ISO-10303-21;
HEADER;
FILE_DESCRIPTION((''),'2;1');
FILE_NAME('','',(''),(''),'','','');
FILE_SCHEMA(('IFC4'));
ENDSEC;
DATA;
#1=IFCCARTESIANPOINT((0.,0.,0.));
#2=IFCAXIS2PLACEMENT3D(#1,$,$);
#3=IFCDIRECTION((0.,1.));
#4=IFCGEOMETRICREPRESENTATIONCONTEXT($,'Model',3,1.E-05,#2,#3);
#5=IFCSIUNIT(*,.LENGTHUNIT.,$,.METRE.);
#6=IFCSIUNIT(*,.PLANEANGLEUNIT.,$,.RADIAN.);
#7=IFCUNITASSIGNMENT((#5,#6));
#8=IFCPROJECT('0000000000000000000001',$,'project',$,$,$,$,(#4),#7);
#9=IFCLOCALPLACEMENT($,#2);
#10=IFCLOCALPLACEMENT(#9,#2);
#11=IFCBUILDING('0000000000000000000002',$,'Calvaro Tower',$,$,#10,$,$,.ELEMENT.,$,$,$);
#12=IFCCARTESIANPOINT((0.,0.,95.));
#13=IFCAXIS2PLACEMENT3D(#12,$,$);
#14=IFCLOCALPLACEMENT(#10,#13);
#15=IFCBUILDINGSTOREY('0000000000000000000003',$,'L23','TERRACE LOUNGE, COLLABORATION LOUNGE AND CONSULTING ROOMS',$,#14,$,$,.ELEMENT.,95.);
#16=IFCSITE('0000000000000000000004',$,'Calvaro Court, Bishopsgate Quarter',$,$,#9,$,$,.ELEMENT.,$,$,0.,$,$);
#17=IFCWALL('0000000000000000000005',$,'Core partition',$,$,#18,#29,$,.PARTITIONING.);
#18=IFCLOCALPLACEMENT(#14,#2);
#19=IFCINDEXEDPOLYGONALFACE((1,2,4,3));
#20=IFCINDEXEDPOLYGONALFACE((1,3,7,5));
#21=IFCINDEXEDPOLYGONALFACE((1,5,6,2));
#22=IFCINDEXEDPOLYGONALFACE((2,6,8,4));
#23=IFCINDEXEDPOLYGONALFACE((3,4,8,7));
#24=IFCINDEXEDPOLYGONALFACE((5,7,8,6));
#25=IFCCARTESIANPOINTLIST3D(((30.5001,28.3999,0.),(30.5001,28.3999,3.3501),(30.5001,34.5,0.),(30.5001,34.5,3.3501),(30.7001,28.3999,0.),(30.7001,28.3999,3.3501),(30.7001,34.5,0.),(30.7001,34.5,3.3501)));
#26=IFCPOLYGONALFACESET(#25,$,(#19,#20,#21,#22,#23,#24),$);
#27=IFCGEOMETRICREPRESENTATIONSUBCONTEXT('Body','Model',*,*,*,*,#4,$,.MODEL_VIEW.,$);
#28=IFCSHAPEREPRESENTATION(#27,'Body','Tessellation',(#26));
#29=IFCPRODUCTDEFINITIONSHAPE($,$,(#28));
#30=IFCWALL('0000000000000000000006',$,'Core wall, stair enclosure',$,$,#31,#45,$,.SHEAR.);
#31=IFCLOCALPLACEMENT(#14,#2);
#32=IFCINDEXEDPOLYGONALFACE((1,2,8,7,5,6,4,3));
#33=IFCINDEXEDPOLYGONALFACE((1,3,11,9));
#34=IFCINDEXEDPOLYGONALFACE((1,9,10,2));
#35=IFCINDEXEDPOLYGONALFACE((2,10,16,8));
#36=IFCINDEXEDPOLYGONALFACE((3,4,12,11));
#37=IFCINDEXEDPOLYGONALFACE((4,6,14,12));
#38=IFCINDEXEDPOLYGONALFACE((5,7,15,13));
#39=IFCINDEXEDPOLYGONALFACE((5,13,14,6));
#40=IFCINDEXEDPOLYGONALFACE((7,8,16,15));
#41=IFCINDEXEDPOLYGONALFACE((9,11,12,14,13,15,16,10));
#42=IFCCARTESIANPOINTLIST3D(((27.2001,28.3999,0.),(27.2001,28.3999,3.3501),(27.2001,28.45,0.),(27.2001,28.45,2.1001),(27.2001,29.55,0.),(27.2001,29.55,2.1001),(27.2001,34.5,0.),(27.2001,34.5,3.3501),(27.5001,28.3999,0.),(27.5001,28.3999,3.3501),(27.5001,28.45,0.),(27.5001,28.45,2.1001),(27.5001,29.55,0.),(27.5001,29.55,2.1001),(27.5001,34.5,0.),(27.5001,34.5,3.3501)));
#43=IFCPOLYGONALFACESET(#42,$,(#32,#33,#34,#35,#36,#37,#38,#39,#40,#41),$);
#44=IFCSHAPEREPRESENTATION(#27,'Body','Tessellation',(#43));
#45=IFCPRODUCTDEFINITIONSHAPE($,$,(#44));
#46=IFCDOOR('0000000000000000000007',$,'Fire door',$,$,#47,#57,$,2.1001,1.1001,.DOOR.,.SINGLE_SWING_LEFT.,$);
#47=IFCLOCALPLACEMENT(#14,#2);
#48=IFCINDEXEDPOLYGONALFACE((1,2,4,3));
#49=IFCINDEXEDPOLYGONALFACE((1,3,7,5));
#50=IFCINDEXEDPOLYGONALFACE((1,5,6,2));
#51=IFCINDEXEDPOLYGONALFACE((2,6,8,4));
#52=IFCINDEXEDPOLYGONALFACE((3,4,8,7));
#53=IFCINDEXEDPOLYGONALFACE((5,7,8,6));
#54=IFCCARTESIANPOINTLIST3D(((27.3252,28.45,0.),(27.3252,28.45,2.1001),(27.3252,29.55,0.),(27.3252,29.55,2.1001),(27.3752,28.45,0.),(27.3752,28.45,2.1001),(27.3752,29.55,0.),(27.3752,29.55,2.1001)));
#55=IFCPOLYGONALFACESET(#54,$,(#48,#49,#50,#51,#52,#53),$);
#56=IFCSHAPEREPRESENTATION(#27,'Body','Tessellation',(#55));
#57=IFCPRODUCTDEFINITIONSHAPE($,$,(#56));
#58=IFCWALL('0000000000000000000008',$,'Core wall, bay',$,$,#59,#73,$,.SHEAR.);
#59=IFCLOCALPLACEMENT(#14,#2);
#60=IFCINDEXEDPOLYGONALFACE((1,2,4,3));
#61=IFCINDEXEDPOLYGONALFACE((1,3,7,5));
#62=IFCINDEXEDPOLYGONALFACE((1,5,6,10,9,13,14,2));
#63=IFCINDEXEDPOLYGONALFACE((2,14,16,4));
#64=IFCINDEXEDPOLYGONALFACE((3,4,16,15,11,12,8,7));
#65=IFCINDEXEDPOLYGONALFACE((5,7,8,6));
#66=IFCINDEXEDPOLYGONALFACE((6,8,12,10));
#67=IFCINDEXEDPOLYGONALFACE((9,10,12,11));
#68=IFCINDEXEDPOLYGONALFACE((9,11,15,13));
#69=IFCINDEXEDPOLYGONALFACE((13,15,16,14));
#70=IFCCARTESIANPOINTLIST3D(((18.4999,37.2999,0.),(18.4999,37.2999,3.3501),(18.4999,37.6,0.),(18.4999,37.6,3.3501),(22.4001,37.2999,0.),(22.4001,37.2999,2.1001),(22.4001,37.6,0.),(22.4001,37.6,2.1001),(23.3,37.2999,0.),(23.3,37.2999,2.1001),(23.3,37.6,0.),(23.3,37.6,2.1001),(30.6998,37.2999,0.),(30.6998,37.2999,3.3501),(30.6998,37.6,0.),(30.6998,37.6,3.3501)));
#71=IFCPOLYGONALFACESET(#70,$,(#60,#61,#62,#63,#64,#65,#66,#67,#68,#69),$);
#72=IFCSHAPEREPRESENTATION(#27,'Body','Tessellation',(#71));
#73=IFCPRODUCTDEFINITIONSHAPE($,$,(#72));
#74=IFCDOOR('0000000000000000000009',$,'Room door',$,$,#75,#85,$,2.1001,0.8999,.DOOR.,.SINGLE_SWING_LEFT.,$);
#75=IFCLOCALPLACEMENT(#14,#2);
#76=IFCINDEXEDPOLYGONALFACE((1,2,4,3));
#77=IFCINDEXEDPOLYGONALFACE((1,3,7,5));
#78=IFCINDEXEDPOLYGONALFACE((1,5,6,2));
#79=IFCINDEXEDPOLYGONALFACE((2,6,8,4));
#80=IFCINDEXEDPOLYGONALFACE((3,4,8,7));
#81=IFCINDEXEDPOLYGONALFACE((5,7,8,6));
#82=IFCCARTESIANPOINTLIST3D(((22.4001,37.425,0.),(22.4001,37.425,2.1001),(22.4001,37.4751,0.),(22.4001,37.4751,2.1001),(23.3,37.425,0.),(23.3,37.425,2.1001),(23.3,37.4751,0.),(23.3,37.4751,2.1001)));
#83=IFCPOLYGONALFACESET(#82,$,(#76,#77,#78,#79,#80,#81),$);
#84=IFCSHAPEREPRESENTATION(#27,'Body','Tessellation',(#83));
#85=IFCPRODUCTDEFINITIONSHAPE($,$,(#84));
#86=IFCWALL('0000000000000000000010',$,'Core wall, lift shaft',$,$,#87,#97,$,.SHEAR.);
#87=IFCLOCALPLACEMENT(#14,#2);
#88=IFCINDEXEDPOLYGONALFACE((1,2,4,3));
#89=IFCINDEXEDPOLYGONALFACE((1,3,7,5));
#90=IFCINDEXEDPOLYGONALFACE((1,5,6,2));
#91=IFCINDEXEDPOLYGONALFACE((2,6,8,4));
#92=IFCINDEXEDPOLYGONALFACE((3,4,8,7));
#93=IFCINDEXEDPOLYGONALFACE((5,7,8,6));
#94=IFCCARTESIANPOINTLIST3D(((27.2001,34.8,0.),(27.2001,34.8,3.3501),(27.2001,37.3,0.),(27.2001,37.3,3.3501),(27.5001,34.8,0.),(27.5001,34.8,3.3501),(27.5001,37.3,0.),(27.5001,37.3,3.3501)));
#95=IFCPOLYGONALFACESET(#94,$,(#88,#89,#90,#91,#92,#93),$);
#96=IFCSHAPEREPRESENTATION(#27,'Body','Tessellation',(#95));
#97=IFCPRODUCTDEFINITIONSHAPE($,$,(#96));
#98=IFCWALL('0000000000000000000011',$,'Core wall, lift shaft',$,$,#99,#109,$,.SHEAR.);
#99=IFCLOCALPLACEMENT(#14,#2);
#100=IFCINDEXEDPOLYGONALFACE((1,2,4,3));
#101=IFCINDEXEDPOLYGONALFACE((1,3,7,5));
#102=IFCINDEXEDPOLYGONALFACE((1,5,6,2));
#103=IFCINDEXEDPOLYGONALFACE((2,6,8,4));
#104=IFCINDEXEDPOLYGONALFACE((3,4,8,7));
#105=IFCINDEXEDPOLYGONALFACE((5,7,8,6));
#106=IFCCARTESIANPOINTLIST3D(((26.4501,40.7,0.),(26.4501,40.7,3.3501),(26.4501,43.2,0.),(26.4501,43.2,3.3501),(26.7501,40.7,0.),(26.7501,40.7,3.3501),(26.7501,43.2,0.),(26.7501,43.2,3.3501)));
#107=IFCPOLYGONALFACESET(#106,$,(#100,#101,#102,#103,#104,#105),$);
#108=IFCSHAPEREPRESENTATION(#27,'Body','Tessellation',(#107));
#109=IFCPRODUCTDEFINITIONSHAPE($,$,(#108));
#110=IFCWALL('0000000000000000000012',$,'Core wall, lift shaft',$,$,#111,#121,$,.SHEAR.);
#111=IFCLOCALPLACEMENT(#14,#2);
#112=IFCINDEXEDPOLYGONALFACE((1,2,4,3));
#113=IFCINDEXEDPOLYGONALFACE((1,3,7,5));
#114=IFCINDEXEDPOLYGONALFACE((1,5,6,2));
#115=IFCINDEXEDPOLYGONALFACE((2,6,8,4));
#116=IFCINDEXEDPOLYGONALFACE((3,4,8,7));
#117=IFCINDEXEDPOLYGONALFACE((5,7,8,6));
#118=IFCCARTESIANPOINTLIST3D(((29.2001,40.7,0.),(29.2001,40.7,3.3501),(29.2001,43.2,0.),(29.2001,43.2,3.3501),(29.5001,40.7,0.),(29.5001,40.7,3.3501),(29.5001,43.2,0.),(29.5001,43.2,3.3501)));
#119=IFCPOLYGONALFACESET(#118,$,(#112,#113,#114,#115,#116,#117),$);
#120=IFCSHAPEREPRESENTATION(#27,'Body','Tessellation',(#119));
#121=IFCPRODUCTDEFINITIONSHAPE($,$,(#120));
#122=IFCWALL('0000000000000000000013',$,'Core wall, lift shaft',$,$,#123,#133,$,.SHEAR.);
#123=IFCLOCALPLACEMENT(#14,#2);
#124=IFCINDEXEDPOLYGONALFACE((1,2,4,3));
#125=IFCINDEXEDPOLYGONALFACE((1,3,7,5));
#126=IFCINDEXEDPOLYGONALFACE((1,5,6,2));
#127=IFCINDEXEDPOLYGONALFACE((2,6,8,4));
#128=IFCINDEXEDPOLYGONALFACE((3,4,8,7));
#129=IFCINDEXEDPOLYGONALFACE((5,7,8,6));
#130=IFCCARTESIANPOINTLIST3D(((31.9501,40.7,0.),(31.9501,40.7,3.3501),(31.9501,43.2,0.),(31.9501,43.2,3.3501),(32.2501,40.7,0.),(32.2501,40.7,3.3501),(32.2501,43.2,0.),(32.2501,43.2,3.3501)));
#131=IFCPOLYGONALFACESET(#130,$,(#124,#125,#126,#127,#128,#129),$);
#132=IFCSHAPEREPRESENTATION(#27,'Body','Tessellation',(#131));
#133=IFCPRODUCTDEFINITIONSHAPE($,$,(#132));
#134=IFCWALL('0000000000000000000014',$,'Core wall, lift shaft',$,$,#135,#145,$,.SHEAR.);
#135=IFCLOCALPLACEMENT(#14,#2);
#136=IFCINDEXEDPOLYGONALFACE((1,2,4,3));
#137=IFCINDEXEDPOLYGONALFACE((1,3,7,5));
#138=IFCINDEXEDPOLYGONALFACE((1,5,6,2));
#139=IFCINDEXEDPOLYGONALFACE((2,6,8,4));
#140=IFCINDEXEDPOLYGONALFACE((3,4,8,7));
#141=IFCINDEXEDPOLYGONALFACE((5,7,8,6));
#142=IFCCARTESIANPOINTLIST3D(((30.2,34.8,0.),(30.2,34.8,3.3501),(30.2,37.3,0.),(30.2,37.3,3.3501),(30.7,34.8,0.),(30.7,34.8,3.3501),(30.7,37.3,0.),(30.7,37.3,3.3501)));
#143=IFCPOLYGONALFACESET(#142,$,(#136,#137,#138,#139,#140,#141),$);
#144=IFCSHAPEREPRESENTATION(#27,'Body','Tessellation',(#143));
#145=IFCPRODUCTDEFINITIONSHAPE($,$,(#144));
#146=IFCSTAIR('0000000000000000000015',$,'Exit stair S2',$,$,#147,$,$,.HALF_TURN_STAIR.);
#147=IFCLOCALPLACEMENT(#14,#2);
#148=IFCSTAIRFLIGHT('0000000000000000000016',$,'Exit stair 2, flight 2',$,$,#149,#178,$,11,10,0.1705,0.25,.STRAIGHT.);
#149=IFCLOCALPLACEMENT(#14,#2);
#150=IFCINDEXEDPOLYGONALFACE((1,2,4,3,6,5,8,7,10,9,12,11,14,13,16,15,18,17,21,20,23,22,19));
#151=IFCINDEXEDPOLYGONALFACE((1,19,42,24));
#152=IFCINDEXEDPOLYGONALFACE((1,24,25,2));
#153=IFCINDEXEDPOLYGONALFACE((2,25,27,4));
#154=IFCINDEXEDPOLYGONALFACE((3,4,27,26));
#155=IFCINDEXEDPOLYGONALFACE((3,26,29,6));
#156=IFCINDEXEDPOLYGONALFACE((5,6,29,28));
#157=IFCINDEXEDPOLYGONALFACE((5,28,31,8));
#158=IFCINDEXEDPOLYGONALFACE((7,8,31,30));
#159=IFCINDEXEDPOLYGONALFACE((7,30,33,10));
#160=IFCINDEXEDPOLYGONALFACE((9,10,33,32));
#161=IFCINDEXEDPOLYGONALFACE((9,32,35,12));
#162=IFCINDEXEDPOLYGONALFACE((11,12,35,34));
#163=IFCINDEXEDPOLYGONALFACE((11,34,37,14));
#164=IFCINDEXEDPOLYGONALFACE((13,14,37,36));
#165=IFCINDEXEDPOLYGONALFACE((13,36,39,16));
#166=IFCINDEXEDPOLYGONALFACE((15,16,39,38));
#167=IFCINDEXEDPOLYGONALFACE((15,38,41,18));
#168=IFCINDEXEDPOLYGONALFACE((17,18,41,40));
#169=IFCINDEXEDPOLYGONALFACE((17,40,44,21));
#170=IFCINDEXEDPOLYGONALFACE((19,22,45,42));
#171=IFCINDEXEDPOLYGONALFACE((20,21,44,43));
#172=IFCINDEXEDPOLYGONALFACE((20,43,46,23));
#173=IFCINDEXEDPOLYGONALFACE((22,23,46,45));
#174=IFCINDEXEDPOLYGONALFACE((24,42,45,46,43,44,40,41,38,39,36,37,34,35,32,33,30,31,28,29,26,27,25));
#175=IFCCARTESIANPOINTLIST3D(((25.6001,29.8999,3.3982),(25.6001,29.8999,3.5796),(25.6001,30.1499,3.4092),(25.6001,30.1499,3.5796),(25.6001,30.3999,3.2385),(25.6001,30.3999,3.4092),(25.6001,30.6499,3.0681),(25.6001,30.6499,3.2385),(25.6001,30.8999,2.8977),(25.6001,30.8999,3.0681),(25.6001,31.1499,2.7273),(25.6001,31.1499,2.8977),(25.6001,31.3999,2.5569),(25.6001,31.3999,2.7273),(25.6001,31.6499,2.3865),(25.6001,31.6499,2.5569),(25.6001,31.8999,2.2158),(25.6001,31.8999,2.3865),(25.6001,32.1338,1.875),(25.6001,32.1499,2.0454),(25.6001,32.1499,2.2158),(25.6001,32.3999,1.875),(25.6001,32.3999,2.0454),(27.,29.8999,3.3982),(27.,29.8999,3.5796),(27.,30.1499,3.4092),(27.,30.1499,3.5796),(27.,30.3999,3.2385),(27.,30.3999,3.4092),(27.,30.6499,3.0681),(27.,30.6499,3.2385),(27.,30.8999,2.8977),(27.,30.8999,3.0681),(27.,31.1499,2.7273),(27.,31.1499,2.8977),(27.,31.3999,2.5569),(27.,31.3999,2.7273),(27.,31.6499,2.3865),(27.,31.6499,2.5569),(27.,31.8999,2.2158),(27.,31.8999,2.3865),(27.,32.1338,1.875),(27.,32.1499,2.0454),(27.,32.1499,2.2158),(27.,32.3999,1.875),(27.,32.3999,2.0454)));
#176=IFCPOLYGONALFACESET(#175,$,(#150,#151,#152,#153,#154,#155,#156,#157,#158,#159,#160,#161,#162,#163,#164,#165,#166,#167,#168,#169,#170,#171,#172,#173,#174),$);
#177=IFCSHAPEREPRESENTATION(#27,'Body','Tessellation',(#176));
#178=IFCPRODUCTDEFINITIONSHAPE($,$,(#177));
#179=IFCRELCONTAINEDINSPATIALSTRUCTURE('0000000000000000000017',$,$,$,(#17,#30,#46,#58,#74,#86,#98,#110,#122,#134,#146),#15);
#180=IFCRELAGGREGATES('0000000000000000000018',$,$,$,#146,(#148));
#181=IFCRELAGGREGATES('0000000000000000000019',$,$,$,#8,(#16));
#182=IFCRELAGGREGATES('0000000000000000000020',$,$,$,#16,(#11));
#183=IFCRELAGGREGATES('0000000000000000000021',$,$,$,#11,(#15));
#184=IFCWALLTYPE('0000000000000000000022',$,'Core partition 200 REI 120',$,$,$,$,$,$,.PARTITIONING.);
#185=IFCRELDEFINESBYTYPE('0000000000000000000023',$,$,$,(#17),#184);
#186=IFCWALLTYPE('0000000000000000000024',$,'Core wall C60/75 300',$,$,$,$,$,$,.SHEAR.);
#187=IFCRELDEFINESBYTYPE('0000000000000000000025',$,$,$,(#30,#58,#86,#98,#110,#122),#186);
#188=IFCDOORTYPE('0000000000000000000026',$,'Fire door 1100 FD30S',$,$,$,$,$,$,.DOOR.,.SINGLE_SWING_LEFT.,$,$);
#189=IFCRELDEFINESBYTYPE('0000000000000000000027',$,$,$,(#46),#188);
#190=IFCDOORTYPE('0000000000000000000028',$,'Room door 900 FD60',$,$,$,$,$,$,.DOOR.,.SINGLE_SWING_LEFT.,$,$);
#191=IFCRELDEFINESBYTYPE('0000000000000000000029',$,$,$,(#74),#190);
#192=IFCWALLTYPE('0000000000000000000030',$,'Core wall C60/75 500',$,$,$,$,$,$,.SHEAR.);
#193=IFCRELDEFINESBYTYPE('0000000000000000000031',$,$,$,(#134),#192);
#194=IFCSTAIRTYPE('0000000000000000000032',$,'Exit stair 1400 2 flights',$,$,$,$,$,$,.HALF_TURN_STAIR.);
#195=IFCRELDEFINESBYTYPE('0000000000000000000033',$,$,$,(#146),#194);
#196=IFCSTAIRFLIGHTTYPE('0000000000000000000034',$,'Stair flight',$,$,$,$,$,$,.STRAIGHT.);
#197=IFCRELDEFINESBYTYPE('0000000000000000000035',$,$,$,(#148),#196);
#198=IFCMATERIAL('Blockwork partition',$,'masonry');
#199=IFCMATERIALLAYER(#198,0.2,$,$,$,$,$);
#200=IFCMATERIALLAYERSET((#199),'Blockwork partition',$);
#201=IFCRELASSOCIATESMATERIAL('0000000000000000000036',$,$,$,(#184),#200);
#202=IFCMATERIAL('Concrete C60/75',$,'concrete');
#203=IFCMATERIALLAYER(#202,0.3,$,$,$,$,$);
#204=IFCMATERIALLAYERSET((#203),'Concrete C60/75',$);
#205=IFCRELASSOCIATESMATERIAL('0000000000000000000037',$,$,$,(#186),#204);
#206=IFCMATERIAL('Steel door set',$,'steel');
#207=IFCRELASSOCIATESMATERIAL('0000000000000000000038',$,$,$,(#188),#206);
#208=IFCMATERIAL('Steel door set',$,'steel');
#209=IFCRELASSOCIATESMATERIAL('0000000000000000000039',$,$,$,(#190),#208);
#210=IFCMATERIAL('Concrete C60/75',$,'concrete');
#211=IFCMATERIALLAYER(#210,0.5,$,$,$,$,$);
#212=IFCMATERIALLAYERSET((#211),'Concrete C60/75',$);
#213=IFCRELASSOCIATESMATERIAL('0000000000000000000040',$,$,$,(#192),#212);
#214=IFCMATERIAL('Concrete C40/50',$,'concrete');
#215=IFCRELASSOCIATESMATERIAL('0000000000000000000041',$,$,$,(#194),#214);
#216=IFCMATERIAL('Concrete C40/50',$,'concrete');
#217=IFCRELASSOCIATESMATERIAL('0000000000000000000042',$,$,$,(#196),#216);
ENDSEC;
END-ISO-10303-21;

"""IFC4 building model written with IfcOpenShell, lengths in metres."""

from ifc_helpers import new_model, si_unit, direction, frame, frame_2d, origin, place, context, subcontext, project, spatial, polyline, rectangle, outline, extrude, material, layer, layer_set, type_object, element, fill, aggregate, save


model = new_model("IFC4")

# Units and contexts
model_context = context("Model", 3, precision=1e-05, world=origin(), true_north=direction((0.0, 1.0)))
body_context = subcontext(model_context, "Body", "Model", "MODEL_VIEW")
ifc_project = project(units=[si_unit("LENGTHUNIT", "METRE"), si_unit("PLANEANGLEUNIT", "RADIAN")], contexts=[model_context])

# Site, building, storey
site_placement = place(None, origin())
site = spatial("IfcSite", under=ifc_project, at=site_placement, Name="Calvaro Court, Bishopsgate Quarter", CompositionType="ELEMENT", RefElevation=0.0)
building_placement = place(site_placement, origin())
building = spatial("IfcBuilding", under=site, at=building_placement, Name="Calvaro Tower", CompositionType="ELEMENT")
storey_placement = place(building_placement, frame((0.0, 0.0, 95.0)))
storey = spatial("IfcBuildingStorey", under=building, at=storey_placement, Name="L23", Description="TERRACE LOUNGE, COLLABORATION LOUNGE AND CONSULTING ROOMS", CompositionType="ELEMENT", Elevation=95.0)

# Wall
ifc_material_1 = material(Name="Blockwork partition", Category="masonry")
ifc_layer_1 = layer(ifc_material_1, 0.2)
ifc_layer_set_1 = layer_set([ifc_layer_1], Name="Blockwork partition")
wall_type_1 = type_object("IfcWallType", Name="Core partition 200 REI 120", PredefinedType="PARTITIONING", material=ifc_layer_set_1)
wall_1_placement = place(storey_placement, frame((30.6001, 28.3999, 0.0), z_axis=(0.0, 0.0, 1.0), x_axis=(0.0, 1.0, 0.0)))
element("IfcWall", 1, at=wall_1_placement, inside=storey, type_object=wall_type_1, Name="Core partition", PredefinedType="PARTITIONING", context=body_context, shape_type="SweptSolid", body=[
    extrude(rectangle(XDim=6.1001, YDim=0.2, at=frame_2d((3.05, 0.0))), origin(), (0.0, 0.0, 1.0), 3.3501),
])

# Walls, openings, doors
ifc_material_2 = material(Name="Concrete C60/75", Category="concrete")
ifc_layer_2 = layer(ifc_material_2, 0.3)
ifc_layer_set_2 = layer_set([ifc_layer_2], Name="Concrete C60/75")
wall_type_2 = type_object("IfcWallType", Name="Core wall C60/75 300", PredefinedType="SHEAR", material=ifc_layer_set_2)
wall_2_placement = place(storey_placement, frame((27.3501, 28.3999, 0.0), z_axis=(0.0, 0.0, 1.0), x_axis=(0.0, 1.0, 0.0)))
wall_2 = element("IfcWall", 2, at=wall_2_placement, inside=storey, type_object=wall_type_2, Name="Core wall, stair enclosure", PredefinedType="SHEAR", context=body_context, shape_type="SweptSolid", body=[
    extrude(rectangle(XDim=6.1001, YDim=0.3, at=frame_2d((3.05, 0.0))), origin(), (0.0, 0.0, 1.0), 3.3501),
])
opening_1_placement = place(wall_2_placement, frame((0.05, 0.0, 0.0)))
opening_1 = element("IfcOpeningElement", 3, at=opening_1_placement, cuts=wall_2, PredefinedType="OPENING", context=body_context, shape_type="SweptSolid", body=[
    extrude(rectangle(XDim=1.1001, YDim=2.1001, at=frame_2d((0.55, 1.05))), frame((0.0, 0.1599, 0.0), z_axis=(0.0, -1.0, 0.0), x_axis=(1.0, 0.0, 0.0)), (0.0, 0.0, 1.0), 0.3201),
])
ifc_material_3 = material(Name="Steel door set", Category="steel")
door_type_1 = type_object("IfcDoorType", Name="Fire door 1100 FD30S", OperationType="SINGLE_SWING_LEFT", PredefinedType="DOOR", material=ifc_material_3)
door_1_placement = place(opening_1_placement, origin())
door_1 = element("IfcDoor", 4, at=door_1_placement, inside=storey, type_object=door_type_1, Name="Fire door", OperationType="SINGLE_SWING_LEFT", OverallHeight=2.1001, OverallWidth=1.1001, PredefinedType="DOOR", context=body_context, shape_type="SweptSolid", body=[
    extrude(rectangle(XDim=1.1001, YDim=2.1001, at=frame_2d((0.55, 1.05))), frame((0.0, 0.0249, 0.0), z_axis=(0.0, -1.0, 0.0), x_axis=(1.0, 0.0, 0.0)), (0.0, 0.0, 1.0), 0.05),
])
fill(opening_1, door_1)
wall_3_placement = place(storey_placement, frame((30.7, 37.45, 0.0), z_axis=(0.0, 0.0, 1.0), x_axis=(-1.0, 0.0, 0.0)))
wall_3 = element("IfcWall", 5, at=wall_3_placement, inside=storey, type_object=wall_type_2, Name="Core wall, bay", PredefinedType="SHEAR", context=body_context, shape_type="SweptSolid", body=[
    extrude(rectangle(XDim=12.2, YDim=0.3, at=frame_2d((6.1001, 0.0))), origin(), (0.0, 0.0, 1.0), 3.3501),
])
opening_2_placement = place(wall_3_placement, frame((7.3999, 0.0, 0.0)))
opening_2 = element("IfcOpeningElement", 6, at=opening_2_placement, cuts=wall_3, PredefinedType="OPENING", context=body_context, shape_type="SweptSolid", body=[
    extrude(rectangle(XDim=0.8999, YDim=2.1001, at=frame_2d((0.45, 1.05))), frame((0.0, 0.1599, 0.0), z_axis=(0.0, -1.0, 0.0), x_axis=(1.0, 0.0, 0.0)), (0.0, 0.0, 1.0), 0.3201),
])
ifc_material_4 = material(Name="Steel door set", Category="steel")
door_type_2 = type_object("IfcDoorType", Name="Room door 900 FD60", OperationType="SINGLE_SWING_LEFT", PredefinedType="DOOR", material=ifc_material_4)
door_2_placement = place(opening_2_placement, origin())
door_2 = element("IfcDoor", 7, at=door_2_placement, inside=storey, type_object=door_type_2, Name="Room door", OperationType="SINGLE_SWING_LEFT", OverallHeight=2.1001, OverallWidth=0.8999, PredefinedType="DOOR", context=body_context, shape_type="SweptSolid", body=[
    extrude(rectangle(XDim=0.8999, YDim=2.1001, at=frame_2d((0.45, 1.05))), frame((0.0, 0.0249, 0.0), z_axis=(0.0, -1.0, 0.0), x_axis=(1.0, 0.0, 0.0)), (0.0, 0.0, 1.0), 0.05),
])
fill(opening_2, door_2)

# Walls
for number, where, z_axis, x_axis, name in (
    (8, (27.3501, 34.8, 0.0), (0.0, 0.0, 1.0), (0.0, 1.0, 0.0), "Core wall, lift shaft"),
    (9, (26.6001, 40.7, 0.0), (0.0, 0.0, 1.0), (0.0, 1.0, 0.0), "Core wall, lift shaft"),
    (10, (29.3501, 40.7, 0.0), (0.0, 0.0, 1.0), (0.0, 1.0, 0.0), "Core wall, lift shaft"),
    (11, (32.1001, 40.7, 0.0), (0.0, 0.0, 1.0), (0.0, 1.0, 0.0), "Core wall, lift shaft"),
):
    element("IfcWall", number, at=place(storey_placement, frame(where, z_axis=z_axis, x_axis=x_axis)), inside=storey, type_object=wall_type_2, Name=name, PredefinedType="SHEAR", context=body_context, shape_type="SweptSolid", body=[
        extrude(rectangle(XDim=2.5, YDim=0.3, at=frame_2d((1.25, 0.0))), origin(), (0.0, 0.0, 1.0), 3.3501),
    ])
ifc_material_5 = material(Name="Concrete C60/75", Category="concrete")
ifc_layer_3 = layer(ifc_material_5, 0.5)
ifc_layer_set_3 = layer_set([ifc_layer_3], Name="Concrete C60/75")
wall_type_3 = type_object("IfcWallType", Name="Core wall C60/75 500", PredefinedType="SHEAR", material=ifc_layer_set_3)
wall_4_placement = place(storey_placement, frame((30.45, 34.8, 0.0), z_axis=(0.0, 0.0, 1.0), x_axis=(0.0, 1.0, 0.0)))
element("IfcWall", 12, at=wall_4_placement, inside=storey, type_object=wall_type_3, Name="Core wall, lift shaft", PredefinedType="SHEAR", context=body_context, shape_type="SweptSolid", body=[
    extrude(rectangle(XDim=2.5, YDim=0.5, at=frame_2d((1.25, 0.0))), origin(), (0.0, 0.0, 1.0), 3.3501),
])

# Stair, stair flight
ifc_material_6 = material(Name="Concrete C40/50", Category="concrete")
stair_type = type_object("IfcStairType", Name="Exit stair 1400 2 flights", PredefinedType="HALF_TURN_STAIR", material=ifc_material_6)
stair_placement = place(storey_placement, origin())
stair = element("IfcStair", 13, at=stair_placement, inside=storey, type_object=stair_type, Name="Exit stair S2", PredefinedType="HALF_TURN_STAIR")
ifc_material_7 = material(Name="Concrete C40/50", Category="concrete")
stair_flight_type = type_object("IfcStairFlightType", Name="Stair flight", PredefinedType="STRAIGHT", material=ifc_material_7)
stair_flight_placement = place(storey_placement, frame((26.3, 32.3999, 1.875), z_axis=(0.0, 0.0, 1.0), x_axis=(0.0, -1.0, 0.0)))
stair_flight = element("IfcStairFlight", 14, at=stair_flight_placement, type_object=stair_flight_type, Name="Exit stair 2, flight 2", NumberOfRisers=11, NumberOfTreads=10, PredefinedType="STRAIGHT", RiserHeight=0.1705, TreadLength=0.25, context=body_context, shape_type="SweptSolid", body=[
    extrude(outline(polyline([(0.0, 0.0), (0.0, 0.1704), (0.25, 0.1704), (0.25, 0.3408), (0.5, 0.3408), (0.5, 0.5115), (0.75, 0.5115), (0.75, 0.6819), (1.0, 0.6819), (1.0, 0.8523), (1.25, 0.8523), (1.25, 1.0227), (1.5, 1.0227), (1.5, 1.1931), (1.75, 1.1931), (1.75, 1.3635), (2.0, 1.3635), (2.0, 1.5342), (2.25, 1.5342), (2.25, 1.7046), (2.5, 1.7046), (2.5, 1.875), (2.5, 1.5232), (0.2661, 0.0), (0.0, 0.0)])), frame((0.0, 0.7, 0.0), z_axis=(0.0, -1.0, 0.0), x_axis=(1.0, 0.0, 0.0)), (0.0, 0.0, 1.0), 1.3999),
])
aggregate(stair, [stair_flight])

save(model, "model.ifc")
